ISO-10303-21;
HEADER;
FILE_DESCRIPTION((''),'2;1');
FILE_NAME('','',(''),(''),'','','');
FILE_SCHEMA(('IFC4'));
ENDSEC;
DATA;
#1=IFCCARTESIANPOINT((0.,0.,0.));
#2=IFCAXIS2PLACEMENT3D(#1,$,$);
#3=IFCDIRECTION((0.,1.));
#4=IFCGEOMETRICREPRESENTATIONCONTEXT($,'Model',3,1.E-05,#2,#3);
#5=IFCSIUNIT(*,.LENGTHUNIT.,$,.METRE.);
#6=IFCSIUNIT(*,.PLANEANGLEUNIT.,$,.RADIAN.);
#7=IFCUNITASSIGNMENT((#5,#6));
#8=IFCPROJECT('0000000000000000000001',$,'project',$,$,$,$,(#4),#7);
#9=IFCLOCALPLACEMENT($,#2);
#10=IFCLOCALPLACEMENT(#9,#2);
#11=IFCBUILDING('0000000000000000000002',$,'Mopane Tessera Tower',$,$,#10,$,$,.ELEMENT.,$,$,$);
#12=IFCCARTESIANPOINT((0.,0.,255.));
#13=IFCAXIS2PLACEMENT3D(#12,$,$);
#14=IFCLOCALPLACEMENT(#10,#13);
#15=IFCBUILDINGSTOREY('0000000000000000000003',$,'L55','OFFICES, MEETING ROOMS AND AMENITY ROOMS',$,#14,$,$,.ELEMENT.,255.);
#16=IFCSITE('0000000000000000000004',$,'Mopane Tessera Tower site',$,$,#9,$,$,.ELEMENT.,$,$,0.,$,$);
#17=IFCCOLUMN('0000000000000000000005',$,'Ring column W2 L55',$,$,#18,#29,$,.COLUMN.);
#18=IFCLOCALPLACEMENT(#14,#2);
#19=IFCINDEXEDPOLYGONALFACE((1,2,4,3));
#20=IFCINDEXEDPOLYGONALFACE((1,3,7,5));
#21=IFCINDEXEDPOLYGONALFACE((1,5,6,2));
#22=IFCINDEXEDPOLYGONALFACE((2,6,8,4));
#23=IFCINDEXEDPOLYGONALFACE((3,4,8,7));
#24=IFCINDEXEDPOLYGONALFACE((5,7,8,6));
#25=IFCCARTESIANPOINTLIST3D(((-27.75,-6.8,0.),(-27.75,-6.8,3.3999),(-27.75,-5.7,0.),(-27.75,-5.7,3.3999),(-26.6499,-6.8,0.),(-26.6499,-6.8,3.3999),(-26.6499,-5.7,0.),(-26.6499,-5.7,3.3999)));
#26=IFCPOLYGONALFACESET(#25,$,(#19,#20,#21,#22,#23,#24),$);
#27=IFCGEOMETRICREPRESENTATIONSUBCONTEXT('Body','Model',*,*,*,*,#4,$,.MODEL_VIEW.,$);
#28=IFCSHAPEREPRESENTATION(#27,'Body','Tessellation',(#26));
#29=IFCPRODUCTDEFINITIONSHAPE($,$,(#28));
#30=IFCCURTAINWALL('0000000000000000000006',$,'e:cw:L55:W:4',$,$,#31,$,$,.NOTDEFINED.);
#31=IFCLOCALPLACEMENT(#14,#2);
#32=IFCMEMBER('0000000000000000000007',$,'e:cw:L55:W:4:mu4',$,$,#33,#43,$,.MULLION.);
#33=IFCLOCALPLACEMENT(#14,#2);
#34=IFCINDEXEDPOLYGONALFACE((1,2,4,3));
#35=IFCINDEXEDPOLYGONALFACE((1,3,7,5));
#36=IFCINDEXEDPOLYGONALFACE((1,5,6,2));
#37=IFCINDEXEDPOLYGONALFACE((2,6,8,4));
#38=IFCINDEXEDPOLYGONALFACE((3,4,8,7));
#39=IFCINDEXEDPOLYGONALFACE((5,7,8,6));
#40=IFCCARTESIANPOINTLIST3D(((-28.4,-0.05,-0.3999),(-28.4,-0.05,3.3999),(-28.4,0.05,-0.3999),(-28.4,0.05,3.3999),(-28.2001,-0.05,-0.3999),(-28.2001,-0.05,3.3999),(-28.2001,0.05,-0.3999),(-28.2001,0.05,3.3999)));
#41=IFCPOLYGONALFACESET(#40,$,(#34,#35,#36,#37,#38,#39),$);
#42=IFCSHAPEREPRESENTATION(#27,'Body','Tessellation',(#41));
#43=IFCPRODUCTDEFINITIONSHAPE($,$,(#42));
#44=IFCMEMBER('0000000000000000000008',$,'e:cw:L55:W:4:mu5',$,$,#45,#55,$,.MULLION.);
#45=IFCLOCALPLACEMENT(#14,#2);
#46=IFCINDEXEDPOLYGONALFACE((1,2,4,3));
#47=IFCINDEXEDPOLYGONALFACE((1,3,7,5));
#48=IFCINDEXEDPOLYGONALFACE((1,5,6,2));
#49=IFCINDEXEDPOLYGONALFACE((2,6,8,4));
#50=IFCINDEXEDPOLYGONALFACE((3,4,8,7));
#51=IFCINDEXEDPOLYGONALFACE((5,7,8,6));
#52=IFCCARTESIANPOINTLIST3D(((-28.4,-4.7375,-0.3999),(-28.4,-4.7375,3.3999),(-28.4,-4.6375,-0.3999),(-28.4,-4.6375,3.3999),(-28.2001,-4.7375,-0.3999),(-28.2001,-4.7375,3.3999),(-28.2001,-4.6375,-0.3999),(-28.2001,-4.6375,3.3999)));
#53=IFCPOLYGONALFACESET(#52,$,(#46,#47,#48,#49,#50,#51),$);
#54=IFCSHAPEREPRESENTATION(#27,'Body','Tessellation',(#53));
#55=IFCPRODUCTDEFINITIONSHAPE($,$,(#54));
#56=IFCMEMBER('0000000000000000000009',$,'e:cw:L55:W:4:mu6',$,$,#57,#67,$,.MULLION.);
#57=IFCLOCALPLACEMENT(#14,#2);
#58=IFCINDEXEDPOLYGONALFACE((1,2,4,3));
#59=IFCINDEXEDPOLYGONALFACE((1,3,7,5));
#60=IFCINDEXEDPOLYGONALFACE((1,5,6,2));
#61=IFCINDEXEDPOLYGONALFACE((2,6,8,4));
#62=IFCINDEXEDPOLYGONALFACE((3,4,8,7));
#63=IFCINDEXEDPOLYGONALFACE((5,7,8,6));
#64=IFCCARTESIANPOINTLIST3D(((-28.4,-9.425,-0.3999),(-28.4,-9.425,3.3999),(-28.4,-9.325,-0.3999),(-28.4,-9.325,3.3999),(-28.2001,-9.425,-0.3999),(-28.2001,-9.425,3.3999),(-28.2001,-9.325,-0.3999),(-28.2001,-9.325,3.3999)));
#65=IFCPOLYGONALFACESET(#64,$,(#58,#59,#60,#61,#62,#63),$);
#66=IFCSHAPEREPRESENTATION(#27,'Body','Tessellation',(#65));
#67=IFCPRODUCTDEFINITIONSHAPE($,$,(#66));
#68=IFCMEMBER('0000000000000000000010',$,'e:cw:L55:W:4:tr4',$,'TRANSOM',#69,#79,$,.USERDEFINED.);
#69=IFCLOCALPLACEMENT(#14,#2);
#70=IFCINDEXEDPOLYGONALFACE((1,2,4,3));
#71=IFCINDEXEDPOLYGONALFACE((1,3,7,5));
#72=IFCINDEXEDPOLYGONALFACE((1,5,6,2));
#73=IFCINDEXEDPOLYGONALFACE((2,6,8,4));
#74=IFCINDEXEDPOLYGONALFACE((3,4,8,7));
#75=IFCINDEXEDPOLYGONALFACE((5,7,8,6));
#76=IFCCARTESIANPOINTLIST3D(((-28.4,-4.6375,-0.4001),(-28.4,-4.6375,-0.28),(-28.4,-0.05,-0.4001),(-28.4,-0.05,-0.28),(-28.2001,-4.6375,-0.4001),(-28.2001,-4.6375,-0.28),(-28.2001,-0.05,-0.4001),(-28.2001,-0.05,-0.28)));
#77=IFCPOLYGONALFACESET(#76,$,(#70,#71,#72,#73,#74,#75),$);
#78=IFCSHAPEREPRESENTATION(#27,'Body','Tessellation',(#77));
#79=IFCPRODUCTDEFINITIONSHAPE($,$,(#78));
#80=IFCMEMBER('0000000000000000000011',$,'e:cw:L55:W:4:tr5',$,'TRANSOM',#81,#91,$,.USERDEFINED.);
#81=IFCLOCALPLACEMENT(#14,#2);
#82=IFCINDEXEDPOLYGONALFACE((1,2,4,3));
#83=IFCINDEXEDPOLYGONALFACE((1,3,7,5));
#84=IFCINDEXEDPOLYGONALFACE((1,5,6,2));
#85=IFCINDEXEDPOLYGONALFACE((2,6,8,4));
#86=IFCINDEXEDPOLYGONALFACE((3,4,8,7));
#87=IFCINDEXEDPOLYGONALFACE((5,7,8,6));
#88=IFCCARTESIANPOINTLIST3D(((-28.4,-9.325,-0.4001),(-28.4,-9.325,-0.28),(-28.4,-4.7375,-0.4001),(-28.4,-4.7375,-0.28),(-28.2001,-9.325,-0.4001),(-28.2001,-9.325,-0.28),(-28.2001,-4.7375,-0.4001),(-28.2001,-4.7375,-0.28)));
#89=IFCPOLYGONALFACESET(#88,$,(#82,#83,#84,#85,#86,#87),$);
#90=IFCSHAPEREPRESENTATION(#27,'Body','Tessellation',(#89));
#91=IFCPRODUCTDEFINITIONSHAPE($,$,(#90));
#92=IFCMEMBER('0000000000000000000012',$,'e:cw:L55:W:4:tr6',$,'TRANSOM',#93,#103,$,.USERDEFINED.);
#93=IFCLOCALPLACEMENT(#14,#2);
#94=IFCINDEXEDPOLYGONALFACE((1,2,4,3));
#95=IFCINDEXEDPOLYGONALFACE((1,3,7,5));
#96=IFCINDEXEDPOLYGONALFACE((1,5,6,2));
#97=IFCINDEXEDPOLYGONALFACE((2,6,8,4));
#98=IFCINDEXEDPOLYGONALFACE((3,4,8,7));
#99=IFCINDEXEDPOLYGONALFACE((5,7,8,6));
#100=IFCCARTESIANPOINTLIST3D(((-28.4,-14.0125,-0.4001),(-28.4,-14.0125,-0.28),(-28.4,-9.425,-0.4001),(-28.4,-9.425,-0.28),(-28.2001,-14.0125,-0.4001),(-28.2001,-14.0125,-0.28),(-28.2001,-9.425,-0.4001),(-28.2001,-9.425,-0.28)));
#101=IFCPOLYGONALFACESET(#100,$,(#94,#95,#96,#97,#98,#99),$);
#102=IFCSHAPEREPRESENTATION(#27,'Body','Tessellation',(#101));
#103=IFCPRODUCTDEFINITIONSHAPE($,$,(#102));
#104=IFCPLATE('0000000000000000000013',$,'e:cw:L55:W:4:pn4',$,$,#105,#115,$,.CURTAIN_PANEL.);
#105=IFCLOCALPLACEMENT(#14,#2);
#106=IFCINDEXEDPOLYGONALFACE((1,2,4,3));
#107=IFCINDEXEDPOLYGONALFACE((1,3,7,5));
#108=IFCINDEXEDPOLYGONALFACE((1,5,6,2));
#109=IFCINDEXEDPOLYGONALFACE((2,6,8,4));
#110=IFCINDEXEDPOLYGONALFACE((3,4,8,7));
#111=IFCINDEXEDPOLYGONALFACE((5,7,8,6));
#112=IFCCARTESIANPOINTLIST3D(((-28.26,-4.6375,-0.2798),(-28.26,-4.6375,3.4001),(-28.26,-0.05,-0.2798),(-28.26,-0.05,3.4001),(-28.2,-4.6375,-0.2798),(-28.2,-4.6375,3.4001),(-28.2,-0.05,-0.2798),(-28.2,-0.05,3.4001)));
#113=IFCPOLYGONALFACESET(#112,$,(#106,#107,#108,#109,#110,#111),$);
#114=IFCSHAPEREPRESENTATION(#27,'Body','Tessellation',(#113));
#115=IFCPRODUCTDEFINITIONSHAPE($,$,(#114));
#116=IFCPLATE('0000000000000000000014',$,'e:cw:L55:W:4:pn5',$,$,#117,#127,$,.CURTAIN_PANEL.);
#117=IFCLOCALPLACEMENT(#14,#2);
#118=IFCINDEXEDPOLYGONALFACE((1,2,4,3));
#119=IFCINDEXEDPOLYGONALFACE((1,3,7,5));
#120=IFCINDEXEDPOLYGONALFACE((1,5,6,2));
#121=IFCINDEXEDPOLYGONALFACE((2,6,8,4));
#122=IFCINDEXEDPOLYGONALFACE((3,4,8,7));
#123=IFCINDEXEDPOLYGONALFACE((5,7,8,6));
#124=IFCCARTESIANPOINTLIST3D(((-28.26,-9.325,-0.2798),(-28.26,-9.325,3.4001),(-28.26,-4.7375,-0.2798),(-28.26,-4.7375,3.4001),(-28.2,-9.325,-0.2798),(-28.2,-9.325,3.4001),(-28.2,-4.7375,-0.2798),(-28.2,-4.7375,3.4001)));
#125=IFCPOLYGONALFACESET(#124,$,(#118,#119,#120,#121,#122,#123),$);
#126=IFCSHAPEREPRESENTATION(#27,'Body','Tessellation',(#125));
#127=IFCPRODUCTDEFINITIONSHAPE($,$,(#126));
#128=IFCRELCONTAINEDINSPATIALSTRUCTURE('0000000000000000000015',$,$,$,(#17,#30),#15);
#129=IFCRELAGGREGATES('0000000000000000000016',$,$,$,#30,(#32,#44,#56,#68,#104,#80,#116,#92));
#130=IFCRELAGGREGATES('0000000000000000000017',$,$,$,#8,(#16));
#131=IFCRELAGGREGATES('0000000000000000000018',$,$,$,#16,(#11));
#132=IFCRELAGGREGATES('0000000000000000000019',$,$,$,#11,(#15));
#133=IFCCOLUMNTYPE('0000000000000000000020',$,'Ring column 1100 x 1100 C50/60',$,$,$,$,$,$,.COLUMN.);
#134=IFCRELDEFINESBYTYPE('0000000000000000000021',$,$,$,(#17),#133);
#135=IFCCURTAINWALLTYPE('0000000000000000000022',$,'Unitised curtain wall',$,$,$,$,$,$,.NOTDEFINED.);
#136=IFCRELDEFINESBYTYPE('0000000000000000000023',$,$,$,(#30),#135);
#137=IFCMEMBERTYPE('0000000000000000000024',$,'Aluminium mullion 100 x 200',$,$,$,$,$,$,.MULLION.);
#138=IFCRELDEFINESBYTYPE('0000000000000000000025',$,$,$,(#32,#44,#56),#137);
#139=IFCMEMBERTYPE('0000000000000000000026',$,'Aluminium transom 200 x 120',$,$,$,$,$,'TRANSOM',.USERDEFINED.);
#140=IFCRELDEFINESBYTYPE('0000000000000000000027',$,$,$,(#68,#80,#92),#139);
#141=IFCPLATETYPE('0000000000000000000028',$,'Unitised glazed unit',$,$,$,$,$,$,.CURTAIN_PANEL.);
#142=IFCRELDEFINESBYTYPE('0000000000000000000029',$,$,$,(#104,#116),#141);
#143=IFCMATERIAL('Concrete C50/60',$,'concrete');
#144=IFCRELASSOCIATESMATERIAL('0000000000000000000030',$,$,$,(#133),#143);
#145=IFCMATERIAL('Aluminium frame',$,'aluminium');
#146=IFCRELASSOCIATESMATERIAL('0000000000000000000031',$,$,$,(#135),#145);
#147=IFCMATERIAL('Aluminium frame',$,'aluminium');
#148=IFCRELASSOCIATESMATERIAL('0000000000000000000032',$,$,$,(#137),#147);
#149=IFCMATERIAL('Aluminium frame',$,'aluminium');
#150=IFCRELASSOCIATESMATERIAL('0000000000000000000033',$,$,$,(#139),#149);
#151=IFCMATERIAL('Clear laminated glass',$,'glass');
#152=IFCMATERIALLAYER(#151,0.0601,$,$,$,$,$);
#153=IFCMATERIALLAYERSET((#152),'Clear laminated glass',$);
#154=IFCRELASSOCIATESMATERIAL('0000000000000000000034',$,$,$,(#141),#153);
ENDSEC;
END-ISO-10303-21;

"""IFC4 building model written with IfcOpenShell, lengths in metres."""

from ifc_helpers import new_model, si_unit, direction, frame, origin, origin_2d, place, context, subcontext, project, spatial, rectangle, extrude, material, layer, layer_set, material_profile, profile_set, type_object, element, aggregate, save


model = new_model("IFC4")

# Units and contexts
model_context = context("Model", 3, precision=1e-05, world=origin(), true_north=direction((0.0, 1.0)))
body_context = subcontext(model_context, "Body", "Model", "MODEL_VIEW")
ifc_project = project(units=[si_unit("LENGTHUNIT", "METRE"), si_unit("PLANEANGLEUNIT", "RADIAN")], contexts=[model_context])

# Site, building, storey
site_placement = place(None, origin())
site = spatial("IfcSite", under=ifc_project, at=site_placement, Name="Mopane Tessera Tower site", CompositionType="ELEMENT", RefElevation=0.0)
building_placement = place(site_placement, origin())
building = spatial("IfcBuilding", under=site, at=building_placement, Name="Mopane Tessera Tower", CompositionType="ELEMENT")
storey_placement = place(building_placement, frame((0.0, 0.0, 255.0)))
storey = spatial("IfcBuildingStorey", under=building, at=storey_placement, Name="L55", Description="OFFICES, MEETING ROOMS AND AMENITY ROOMS", CompositionType="ELEMENT", Elevation=255.0)

# Column
ifc_material_1 = material(Name="Concrete C50/60", Category="concrete")
ifc_material_profile_1 = material_profile(ifc_material_1, rectangle(XDim=1.1001, YDim=1.1001, at=origin_2d()))
ifc_profile_set_1 = profile_set([ifc_material_profile_1], Name="Concrete C50/60")
column_type = type_object("IfcColumnType", Name="Ring column 1100 x 1100 C50/60", PredefinedType="COLUMN", material=ifc_profile_set_1)
column_placement = place(storey_placement, frame((-27.2, -6.25, 0.0), z_axis=(0.0, 0.0, 1.0), x_axis=(1.0, 0.0, 0.0)))
element("IfcColumn", 1, at=column_placement, inside=storey, type_object=column_type, Name="Ring column W2 L55", PredefinedType="COLUMN", context=body_context, shape_type="SweptSolid", body=[
    extrude(rectangle(XDim=1.1001, YDim=1.1001, at=origin_2d()), origin(), (0.0, 0.0, 1.0), 3.3999),
])

# Curtain wall, members, plates
ifc_material_2 = material(Name="Aluminium frame", Category="aluminium")
curtain_wall_type = type_object("IfcCurtainWallType", Name="Unitised curtain wall", PredefinedType="NOTDEFINED", material=ifc_material_2)
curtain_wall_placement = place(storey_placement, origin())
curtain_wall = element("IfcCurtainWall", 2, at=curtain_wall_placement, inside=storey, type_object=curtain_wall_type, Name="e:cw:L55:W:4", PredefinedType="NOTDEFINED")
ifc_material_3 = material(Name="Aluminium frame", Category="aluminium")
ifc_material_profile_2 = material_profile(ifc_material_3, rectangle(XDim=0.1001, YDim=0.2, at=origin_2d()))
ifc_profile_set_2 = profile_set([ifc_material_profile_2], Name="Aluminium frame")
member_type_1 = type_object("IfcMemberType", Name="Aluminium mullion 100 x 200", PredefinedType="MULLION", material=ifc_profile_set_2)
member_1_placement = place(storey_placement, frame((-28.3, 0.0, -0.3999), z_axis=(0.0, 0.0, 1.0), x_axis=(0.0, -1.0, 0.0)))
member_1 = element("IfcMember", 3, at=member_1_placement, type_object=member_type_1, Name="e:cw:L55:W:4:mu4", PredefinedType="MULLION", context=body_context, shape_type="SweptSolid", body=[
    extrude(rectangle(XDim=0.1001, YDim=0.2, at=origin_2d()), origin(), (0.0, 0.0, 1.0), 3.7998),
])
member_2_placement = place(storey_placement, frame((-28.3, -4.6875, -0.3999), z_axis=(0.0, 0.0, 1.0), x_axis=(0.0, -1.0, 0.0)))
member_2 = element("IfcMember", 4, at=member_2_placement, type_object=member_type_1, Name="e:cw:L55:W:4:mu5", PredefinedType="MULLION", context=body_context, shape_type="SweptSolid", body=[
    extrude(rectangle(XDim=0.1001, YDim=0.2, at=origin_2d()), origin(), (0.0, 0.0, 1.0), 3.7998),
])
member_3_placement = place(storey_placement, frame((-28.3, -9.375, -0.3999), z_axis=(0.0, 0.0, 1.0), x_axis=(0.0, -1.0, 0.0)))
member_3 = element("IfcMember", 5, at=member_3_placement, type_object=member_type_1, Name="e:cw:L55:W:4:mu6", PredefinedType="MULLION", context=body_context, shape_type="SweptSolid", body=[
    extrude(rectangle(XDim=0.1001, YDim=0.2, at=origin_2d()), origin(), (0.0, 0.0, 1.0), 3.7998),
])
ifc_material_4 = material(Name="Aluminium frame", Category="aluminium")
ifc_material_profile_3 = material_profile(ifc_material_4, rectangle(XDim=0.2, YDim=0.1201, at=origin_2d()))
ifc_profile_set_3 = profile_set([ifc_material_profile_3], Name="Aluminium frame")
member_type_2 = type_object("IfcMemberType", Name="Aluminium transom 200 x 120", ElementType="TRANSOM", PredefinedType="USERDEFINED", material=ifc_profile_set_3)
member_4_placement = place(storey_placement, frame((-28.3, -0.05, -0.3401), z_axis=(0.0, -1.0, 0.0), x_axis=(1.0, 0.0, 0.0)))
member_4 = element("IfcMember", 6, at=member_4_placement, type_object=member_type_2, Name="e:cw:L55:W:4:tr4", ObjectType="TRANSOM", PredefinedType="USERDEFINED", context=body_context, shape_type="SweptSolid", body=[
    extrude(rectangle(XDim=0.2, YDim=0.1201, at=origin_2d()), origin(), (0.0, 0.0, 1.0), 4.5874),
])
member_5_placement = place(storey_placement, frame((-28.3, -4.7375, -0.3401), z_axis=(0.0, -1.0, 0.0), x_axis=(1.0, 0.0, 0.0)))
member_5 = element("IfcMember", 7, at=member_5_placement, type_object=member_type_2, Name="e:cw:L55:W:4:tr5", ObjectType="TRANSOM", PredefinedType="USERDEFINED", context=body_context, shape_type="SweptSolid", body=[
    extrude(rectangle(XDim=0.2, YDim=0.1201, at=origin_2d()), origin(), (0.0, 0.0, 1.0), 4.5874),
])
member_6_placement = place(storey_placement, frame((-28.3, -9.425, -0.3401), z_axis=(0.0, -1.0, 0.0), x_axis=(1.0, 0.0, 0.0)))
member_6 = element("IfcMember", 8, at=member_6_placement, type_object=member_type_2, Name="e:cw:L55:W:4:tr6", ObjectType="TRANSOM", PredefinedType="USERDEFINED", context=body_context, shape_type="SweptSolid", body=[
    extrude(rectangle(XDim=0.2, YDim=0.1201, at=origin_2d()), origin(), (0.0, 0.0, 1.0), 4.5874),
])
ifc_material_5 = material(Name="Clear laminated glass", Category="glass")
ifc_layer_1 = layer(ifc_material_5, 0.0601)
ifc_layer_set_1 = layer_set([ifc_layer_1], Name="Clear laminated glass")
plate_type = type_object("IfcPlateType", Name="Unitised glazed unit", PredefinedType="CURTAIN_PANEL", material=ifc_layer_set_1)
plate_1_placement = place(storey_placement, frame((-28.23, -2.3438, -0.2798), z_axis=(0.0, 0.0, 1.0), x_axis=(0.0, -1.0, 0.0)))
plate_1 = element("IfcPlate", 9, at=plate_1_placement, type_object=plate_type, Name="e:cw:L55:W:4:pn4", PredefinedType="CURTAIN_PANEL", context=body_context, shape_type="SweptSolid", body=[
    extrude(rectangle(XDim=4.5874, YDim=0.0601, at=origin_2d()), origin(), (0.0, 0.0, 1.0), 3.6799),
])
plate_2_placement = place(storey_placement, frame((-28.23, -7.0312, -0.2798), z_axis=(0.0, 0.0, 1.0), x_axis=(0.0, -1.0, 0.0)))
plate_2 = element("IfcPlate", 10, at=plate_2_placement, type_object=plate_type, Name="e:cw:L55:W:4:pn5", PredefinedType="CURTAIN_PANEL", context=body_context, shape_type="SweptSolid", body=[
    extrude(rectangle(XDim=4.5874, YDim=0.0601, at=origin_2d()), origin(), (0.0, 0.0, 1.0), 3.6799),
])
aggregate(curtain_wall, [member_1, member_2, member_3, member_4, plate_1, member_5, plate_2, member_6])

save(model, "model.ifc")
